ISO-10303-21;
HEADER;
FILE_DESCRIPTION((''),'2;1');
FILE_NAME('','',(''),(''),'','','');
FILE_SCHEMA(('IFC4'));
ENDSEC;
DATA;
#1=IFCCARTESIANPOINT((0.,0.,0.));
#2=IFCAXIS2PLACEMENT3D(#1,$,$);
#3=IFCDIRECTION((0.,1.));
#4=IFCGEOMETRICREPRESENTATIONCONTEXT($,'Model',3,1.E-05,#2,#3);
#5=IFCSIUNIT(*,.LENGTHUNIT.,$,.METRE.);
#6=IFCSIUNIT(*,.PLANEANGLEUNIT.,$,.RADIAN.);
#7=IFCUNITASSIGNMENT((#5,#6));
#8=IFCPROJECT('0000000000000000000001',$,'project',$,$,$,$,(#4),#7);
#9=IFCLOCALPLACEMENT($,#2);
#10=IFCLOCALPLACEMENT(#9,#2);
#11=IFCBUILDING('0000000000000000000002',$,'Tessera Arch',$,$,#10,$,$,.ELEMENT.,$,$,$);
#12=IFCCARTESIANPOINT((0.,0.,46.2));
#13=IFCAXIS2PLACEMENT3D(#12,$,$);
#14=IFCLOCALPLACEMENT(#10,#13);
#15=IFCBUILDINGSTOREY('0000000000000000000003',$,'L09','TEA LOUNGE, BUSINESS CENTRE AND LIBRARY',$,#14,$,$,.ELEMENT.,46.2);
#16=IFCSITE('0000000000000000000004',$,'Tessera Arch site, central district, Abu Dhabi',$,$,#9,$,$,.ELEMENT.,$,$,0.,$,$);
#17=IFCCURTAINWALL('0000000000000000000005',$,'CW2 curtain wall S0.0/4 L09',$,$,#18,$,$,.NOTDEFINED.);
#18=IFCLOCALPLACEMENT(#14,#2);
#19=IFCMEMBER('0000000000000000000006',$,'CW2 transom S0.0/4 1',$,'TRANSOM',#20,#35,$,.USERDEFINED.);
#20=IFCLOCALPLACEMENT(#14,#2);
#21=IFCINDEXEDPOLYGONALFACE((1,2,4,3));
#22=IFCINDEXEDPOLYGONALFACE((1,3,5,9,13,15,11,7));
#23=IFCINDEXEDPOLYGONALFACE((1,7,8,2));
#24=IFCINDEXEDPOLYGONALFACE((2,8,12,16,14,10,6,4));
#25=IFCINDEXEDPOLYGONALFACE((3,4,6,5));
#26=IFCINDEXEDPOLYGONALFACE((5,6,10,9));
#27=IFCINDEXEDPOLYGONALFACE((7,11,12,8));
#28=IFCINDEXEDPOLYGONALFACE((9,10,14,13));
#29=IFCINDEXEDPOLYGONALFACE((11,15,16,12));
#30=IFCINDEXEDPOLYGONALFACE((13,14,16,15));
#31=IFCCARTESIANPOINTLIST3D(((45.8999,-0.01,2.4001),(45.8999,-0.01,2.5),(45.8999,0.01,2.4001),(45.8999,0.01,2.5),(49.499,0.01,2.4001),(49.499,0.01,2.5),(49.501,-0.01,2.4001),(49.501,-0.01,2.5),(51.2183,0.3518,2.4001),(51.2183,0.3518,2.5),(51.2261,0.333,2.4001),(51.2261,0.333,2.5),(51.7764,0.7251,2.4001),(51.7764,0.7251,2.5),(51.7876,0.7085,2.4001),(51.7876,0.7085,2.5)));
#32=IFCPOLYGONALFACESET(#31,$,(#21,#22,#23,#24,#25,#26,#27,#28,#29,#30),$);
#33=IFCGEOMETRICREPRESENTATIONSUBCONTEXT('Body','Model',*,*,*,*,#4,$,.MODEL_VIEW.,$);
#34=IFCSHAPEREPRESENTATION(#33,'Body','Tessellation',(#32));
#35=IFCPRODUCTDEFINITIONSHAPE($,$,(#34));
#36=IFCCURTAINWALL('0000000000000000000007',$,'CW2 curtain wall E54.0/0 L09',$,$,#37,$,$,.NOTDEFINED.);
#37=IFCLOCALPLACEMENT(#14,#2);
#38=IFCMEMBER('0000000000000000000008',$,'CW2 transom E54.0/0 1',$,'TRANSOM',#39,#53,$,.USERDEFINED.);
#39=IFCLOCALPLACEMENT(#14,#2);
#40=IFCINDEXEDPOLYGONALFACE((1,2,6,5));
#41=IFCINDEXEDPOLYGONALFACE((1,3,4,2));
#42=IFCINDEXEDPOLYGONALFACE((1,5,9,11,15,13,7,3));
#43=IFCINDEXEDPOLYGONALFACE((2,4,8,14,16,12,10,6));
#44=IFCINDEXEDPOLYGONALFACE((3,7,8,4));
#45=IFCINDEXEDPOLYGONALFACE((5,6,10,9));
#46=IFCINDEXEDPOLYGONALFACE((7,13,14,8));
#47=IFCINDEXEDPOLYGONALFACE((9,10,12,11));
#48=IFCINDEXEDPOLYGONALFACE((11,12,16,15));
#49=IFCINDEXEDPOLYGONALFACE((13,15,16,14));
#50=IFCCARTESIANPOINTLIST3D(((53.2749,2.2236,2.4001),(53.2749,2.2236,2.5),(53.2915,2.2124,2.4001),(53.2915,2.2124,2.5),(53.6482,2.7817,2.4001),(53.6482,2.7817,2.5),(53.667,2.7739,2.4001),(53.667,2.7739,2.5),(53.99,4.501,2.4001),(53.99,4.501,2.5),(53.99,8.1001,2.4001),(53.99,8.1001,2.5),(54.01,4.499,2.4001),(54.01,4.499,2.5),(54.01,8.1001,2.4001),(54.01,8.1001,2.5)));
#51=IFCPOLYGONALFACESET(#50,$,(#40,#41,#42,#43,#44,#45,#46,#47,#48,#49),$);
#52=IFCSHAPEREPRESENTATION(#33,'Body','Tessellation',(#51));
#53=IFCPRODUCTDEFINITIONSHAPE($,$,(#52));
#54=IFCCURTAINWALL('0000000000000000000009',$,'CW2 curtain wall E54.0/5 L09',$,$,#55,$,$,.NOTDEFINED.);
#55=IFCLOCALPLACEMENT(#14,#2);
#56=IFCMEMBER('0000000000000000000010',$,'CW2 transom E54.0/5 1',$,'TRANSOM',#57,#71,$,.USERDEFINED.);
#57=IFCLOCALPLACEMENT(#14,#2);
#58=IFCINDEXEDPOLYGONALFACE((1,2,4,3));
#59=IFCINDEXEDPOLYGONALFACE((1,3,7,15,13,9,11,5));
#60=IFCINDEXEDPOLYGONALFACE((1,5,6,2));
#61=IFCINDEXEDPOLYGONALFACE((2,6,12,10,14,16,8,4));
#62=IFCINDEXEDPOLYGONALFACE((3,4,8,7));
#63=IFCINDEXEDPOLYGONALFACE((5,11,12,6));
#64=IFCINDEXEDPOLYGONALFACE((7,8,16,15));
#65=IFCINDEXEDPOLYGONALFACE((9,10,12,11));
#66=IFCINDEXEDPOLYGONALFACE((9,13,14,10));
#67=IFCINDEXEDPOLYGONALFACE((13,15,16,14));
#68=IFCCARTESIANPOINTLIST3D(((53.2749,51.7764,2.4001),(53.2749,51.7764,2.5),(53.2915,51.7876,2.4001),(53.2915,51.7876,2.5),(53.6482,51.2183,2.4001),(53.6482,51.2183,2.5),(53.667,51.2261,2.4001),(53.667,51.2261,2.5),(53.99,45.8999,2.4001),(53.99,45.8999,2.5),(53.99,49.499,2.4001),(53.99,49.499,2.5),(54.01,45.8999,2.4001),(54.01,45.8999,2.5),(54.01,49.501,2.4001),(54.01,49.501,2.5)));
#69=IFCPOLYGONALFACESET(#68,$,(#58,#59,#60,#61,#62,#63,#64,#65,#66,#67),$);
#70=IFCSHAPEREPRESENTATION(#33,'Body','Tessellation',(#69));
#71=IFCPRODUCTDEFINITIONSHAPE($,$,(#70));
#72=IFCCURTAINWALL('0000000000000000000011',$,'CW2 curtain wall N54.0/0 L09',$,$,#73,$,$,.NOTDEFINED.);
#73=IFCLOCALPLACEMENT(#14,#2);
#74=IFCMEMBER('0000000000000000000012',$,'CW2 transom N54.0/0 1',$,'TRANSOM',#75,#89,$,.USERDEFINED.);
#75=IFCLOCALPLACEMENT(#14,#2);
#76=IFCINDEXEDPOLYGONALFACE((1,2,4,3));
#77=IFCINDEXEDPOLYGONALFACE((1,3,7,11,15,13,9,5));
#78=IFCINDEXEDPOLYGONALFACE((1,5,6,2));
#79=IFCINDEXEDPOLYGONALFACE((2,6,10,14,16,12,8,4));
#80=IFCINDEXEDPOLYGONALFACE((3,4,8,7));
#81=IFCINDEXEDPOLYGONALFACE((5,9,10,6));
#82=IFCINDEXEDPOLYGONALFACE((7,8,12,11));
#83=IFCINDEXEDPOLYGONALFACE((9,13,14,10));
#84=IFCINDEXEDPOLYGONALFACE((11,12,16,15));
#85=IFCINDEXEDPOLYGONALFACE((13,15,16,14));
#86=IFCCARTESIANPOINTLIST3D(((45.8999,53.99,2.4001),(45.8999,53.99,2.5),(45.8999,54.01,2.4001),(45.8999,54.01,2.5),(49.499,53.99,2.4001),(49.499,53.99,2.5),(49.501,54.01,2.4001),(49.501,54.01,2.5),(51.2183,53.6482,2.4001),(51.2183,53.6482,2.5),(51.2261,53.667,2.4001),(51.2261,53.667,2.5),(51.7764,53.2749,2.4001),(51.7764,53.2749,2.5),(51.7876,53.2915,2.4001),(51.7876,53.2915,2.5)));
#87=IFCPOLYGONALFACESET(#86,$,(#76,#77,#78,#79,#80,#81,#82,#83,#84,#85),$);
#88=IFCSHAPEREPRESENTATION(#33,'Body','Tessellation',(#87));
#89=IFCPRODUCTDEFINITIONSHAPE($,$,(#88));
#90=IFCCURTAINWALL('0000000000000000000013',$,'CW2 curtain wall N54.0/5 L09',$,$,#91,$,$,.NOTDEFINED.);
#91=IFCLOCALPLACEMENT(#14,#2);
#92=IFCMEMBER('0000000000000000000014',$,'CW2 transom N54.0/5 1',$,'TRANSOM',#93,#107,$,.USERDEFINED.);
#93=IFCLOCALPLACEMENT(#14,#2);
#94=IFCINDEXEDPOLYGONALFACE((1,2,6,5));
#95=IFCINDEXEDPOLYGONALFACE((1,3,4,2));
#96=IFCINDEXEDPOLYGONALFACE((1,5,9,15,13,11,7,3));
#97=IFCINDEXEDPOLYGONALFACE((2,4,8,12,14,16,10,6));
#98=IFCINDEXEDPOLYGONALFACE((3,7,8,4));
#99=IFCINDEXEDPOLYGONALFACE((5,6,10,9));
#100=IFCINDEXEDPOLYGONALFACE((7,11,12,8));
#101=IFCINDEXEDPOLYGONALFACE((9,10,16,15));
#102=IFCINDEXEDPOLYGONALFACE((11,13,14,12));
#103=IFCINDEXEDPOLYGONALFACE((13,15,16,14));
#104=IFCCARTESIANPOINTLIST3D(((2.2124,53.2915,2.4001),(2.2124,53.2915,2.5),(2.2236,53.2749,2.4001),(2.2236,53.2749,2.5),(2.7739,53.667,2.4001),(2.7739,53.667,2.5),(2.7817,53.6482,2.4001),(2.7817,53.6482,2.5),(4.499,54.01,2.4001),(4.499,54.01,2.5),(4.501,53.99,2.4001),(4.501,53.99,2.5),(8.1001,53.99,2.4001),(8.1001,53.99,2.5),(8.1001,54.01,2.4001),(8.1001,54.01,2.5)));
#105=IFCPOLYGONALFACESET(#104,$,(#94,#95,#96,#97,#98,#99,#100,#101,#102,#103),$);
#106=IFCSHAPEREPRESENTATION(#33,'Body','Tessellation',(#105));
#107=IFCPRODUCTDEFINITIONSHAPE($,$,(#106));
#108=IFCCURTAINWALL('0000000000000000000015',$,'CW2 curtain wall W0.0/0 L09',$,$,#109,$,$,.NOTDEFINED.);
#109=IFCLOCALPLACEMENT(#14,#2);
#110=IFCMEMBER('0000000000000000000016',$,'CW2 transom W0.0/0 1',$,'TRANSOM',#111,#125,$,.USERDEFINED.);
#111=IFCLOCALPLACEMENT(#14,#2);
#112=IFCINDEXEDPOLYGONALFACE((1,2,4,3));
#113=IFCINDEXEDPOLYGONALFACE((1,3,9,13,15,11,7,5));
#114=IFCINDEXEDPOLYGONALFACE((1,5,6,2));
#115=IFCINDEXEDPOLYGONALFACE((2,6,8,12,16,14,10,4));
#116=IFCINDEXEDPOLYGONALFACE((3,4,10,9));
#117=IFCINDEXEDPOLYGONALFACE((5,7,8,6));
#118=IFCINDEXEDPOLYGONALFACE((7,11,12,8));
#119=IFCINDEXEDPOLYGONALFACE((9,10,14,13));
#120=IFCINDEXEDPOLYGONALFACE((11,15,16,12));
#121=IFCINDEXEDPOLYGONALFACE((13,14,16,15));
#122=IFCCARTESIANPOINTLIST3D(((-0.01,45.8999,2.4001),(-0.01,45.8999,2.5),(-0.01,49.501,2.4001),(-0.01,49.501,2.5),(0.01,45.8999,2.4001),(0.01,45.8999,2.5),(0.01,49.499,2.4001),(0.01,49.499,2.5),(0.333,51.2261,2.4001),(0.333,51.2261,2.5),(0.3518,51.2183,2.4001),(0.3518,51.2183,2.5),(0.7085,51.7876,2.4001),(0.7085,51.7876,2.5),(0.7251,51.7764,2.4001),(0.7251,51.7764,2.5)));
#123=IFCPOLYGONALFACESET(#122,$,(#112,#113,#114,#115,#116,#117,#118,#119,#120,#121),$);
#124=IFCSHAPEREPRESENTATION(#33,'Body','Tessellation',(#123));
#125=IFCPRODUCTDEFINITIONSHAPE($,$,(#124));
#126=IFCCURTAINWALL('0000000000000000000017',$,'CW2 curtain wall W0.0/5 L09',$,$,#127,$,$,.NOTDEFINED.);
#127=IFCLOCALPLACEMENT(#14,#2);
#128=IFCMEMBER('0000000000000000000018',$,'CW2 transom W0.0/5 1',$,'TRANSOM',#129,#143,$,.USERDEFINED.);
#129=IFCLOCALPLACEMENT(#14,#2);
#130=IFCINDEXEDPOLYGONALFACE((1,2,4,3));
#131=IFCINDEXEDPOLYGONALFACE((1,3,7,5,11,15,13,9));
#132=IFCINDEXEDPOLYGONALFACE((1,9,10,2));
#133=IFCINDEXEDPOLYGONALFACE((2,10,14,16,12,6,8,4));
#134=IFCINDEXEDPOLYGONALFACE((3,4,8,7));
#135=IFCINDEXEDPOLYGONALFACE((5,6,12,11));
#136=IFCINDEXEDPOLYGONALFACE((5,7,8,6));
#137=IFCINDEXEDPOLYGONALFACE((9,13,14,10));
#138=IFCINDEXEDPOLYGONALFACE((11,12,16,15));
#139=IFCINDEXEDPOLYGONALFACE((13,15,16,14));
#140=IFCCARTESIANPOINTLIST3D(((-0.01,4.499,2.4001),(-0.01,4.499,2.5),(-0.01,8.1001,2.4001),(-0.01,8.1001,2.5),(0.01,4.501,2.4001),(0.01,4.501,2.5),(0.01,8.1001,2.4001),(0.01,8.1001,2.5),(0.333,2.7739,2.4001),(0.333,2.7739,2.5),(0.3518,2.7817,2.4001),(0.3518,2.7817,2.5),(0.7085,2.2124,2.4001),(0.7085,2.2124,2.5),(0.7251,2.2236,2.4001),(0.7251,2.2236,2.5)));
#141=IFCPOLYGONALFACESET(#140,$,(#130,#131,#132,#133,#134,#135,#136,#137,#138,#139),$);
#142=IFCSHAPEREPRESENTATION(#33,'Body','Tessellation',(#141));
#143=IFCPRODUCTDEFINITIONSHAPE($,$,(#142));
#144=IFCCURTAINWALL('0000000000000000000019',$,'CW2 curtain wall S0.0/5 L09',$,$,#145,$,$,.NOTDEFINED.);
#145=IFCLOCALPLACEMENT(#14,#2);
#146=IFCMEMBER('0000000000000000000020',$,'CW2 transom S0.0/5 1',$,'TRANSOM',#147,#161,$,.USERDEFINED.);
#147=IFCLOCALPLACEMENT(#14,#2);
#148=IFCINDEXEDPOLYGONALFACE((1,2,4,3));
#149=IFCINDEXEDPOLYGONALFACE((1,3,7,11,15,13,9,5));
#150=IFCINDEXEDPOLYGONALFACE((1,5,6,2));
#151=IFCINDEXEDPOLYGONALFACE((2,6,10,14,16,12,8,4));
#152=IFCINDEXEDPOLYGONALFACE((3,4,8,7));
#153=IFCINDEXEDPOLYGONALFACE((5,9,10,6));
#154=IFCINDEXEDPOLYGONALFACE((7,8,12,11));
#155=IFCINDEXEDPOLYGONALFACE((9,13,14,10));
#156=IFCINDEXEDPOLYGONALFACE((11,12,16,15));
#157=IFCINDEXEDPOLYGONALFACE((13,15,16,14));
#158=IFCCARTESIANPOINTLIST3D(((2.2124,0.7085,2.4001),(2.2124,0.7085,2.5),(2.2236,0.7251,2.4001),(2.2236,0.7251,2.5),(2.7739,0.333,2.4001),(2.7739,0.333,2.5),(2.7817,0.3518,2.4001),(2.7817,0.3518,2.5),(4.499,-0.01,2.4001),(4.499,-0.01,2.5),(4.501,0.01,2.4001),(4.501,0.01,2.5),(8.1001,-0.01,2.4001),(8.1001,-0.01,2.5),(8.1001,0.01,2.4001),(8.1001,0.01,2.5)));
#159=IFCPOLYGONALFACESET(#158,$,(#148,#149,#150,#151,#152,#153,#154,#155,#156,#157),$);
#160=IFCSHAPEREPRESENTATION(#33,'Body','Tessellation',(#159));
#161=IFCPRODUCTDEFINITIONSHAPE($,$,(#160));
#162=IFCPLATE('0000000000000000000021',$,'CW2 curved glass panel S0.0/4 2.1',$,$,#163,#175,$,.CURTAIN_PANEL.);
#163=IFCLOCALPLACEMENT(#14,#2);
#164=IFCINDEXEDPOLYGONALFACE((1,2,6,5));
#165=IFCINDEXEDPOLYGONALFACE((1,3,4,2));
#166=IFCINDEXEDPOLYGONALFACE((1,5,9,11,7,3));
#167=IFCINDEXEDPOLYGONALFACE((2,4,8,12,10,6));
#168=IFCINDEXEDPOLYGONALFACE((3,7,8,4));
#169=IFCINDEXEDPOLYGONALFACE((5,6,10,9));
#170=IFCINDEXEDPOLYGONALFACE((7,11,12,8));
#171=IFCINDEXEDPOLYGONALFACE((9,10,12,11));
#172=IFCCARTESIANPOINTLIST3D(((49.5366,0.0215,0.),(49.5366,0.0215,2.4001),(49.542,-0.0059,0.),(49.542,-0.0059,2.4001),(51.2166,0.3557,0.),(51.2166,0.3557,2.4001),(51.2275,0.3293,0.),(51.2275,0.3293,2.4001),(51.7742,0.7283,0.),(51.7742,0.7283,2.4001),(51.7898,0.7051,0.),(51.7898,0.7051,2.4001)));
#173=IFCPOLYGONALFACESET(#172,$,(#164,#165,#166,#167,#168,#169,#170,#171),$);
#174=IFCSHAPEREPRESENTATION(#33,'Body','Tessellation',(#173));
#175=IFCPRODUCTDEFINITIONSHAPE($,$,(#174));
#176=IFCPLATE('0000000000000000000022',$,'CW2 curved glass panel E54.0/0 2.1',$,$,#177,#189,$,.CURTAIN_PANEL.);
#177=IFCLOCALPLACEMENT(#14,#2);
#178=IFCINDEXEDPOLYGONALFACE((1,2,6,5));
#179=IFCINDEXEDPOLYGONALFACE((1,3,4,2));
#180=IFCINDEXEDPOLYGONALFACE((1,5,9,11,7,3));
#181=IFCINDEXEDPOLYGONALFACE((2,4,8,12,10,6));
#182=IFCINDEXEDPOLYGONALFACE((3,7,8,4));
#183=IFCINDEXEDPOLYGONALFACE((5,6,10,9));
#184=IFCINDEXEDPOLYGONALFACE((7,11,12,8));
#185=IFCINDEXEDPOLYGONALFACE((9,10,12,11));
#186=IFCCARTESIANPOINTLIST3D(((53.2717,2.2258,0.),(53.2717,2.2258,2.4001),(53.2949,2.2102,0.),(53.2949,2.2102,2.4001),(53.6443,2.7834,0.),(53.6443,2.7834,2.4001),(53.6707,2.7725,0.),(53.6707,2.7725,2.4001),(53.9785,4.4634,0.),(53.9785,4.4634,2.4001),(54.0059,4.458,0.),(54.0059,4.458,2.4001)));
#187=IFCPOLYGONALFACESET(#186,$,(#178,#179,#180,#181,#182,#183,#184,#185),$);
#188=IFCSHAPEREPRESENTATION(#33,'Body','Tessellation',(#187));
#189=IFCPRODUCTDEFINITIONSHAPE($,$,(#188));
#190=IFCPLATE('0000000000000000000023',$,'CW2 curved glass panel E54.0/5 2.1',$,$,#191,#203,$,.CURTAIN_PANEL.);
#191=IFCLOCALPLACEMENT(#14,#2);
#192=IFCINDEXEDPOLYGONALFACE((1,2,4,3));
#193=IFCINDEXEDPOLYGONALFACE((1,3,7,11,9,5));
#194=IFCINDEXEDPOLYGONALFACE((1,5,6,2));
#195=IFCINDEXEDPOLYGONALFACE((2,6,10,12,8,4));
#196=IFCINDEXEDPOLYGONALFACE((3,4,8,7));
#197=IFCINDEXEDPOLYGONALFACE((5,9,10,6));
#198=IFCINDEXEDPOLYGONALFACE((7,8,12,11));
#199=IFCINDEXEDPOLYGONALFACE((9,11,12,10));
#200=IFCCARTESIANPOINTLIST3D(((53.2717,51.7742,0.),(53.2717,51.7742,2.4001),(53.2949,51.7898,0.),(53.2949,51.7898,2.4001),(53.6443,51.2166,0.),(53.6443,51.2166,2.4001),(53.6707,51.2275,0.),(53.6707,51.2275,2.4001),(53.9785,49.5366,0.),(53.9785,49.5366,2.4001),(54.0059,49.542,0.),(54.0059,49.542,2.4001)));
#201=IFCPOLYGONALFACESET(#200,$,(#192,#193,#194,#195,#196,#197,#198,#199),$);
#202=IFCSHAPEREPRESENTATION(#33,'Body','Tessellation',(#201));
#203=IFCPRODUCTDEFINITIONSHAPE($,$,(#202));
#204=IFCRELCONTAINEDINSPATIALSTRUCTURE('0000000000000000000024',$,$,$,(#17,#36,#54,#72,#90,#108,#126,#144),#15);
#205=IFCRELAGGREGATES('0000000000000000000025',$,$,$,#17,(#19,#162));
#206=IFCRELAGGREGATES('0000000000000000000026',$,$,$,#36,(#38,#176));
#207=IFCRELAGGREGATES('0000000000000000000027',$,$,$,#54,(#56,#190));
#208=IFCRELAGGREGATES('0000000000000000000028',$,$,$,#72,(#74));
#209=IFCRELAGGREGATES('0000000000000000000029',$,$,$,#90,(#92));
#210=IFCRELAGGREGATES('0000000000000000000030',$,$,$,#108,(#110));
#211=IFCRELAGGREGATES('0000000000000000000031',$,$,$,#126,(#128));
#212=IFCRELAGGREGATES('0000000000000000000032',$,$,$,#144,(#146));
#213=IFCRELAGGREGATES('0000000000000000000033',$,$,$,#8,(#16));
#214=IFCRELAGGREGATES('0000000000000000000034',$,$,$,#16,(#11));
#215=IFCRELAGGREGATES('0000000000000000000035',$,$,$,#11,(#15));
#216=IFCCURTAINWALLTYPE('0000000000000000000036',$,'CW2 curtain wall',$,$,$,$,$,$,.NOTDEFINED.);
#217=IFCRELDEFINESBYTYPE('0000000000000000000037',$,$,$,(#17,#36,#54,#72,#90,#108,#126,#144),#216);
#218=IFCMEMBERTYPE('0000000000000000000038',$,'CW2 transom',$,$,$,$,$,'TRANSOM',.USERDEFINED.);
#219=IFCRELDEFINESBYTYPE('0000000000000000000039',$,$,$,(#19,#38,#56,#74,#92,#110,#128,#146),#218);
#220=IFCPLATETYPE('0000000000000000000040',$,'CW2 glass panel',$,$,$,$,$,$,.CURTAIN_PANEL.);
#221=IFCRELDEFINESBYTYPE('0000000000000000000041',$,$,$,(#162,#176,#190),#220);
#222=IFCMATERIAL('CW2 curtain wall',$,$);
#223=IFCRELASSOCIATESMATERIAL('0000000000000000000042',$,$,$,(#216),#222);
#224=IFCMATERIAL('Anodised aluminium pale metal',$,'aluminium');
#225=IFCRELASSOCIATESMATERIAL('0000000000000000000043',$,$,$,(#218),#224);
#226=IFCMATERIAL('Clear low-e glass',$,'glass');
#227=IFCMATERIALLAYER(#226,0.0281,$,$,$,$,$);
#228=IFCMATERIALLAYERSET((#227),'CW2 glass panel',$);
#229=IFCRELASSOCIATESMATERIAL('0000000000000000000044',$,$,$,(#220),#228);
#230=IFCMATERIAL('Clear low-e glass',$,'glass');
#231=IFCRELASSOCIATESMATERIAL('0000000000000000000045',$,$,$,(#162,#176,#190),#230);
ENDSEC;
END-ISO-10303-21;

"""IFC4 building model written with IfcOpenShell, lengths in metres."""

from ifc_helpers import new_model, si_unit, direction, frame, origin, origin_2d, place, context, subcontext, project, spatial, polyline, rectangle, outline, extrude, material, layer, layer_set, material_profile, profile_set, type_object, element, aggregate, save


model = new_model("IFC4")

# Units and contexts
model_context = context("Model", 3, precision=1e-05, world=origin(), true_north=direction((0.0, 1.0)))
body_context = subcontext(model_context, "Body", "Model", "MODEL_VIEW")
ifc_project = project(units=[si_unit("LENGTHUNIT", "METRE"), si_unit("PLANEANGLEUNIT", "RADIAN")], contexts=[model_context])

# Site, building, storey
site_placement = place(None, origin())
site = spatial("IfcSite", under=ifc_project, at=site_placement, Name="Tessera Arch site, central district, Abu Dhabi", CompositionType="ELEMENT", RefElevation=0.0)
building_placement = place(site_placement, origin())
building = spatial("IfcBuilding", under=site, at=building_placement, Name="Tessera Arch", CompositionType="ELEMENT")
storey_placement = place(building_placement, frame((0.0, 0.0, 46.2)))
storey = spatial("IfcBuildingStorey", under=building, at=storey_placement, Name="L09", Description="TEA LOUNGE, BUSINESS CENTRE AND LIBRARY", CompositionType="ELEMENT", Elevation=46.2)

# Curtain walls, members
ifc_material_1 = material(Name="CW2 curtain wall")
curtain_wall_type = type_object("IfcCurtainWallType", Name="CW2 curtain wall", PredefinedType="NOTDEFINED", material=ifc_material_1)
curtain_wall_1_placement = place(storey_placement, origin())
curtain_wall_1 = element("IfcCurtainWall", 1, at=curtain_wall_1_placement, inside=storey, type_object=curtain_wall_type, Name="CW2 curtain wall S0.0/4 L09", PredefinedType="NOTDEFINED")
ifc_material_2 = material(Name="Anodised aluminium pale metal", Category="aluminium")
ifc_material_profile = material_profile(ifc_material_2, rectangle(XDim=0.2, YDim=0.1001, at=origin_2d()), Name="AL 200x100")
ifc_profile_set = profile_set([ifc_material_profile], Name="Anodised aluminium pale metal")
member_type = type_object("IfcMemberType", Name="CW2 transom", ElementType="TRANSOM", PredefinedType="USERDEFINED", material=ifc_profile_set)
member_1_placement = place(storey_placement, frame((0.0, 0.0, 2.4001)))
member_1 = element("IfcMember", 2, at=member_1_placement, type_object=member_type, Name="CW2 transom S0.0/4 1", ObjectType="TRANSOM", PredefinedType="USERDEFINED", context=body_context, shape_type="SweptSolid", body=[
    extrude(outline(polyline([(49.499, 0.01), (45.8999, 0.01), (45.8999, -0.01), (49.501, -0.01), (51.2261, 0.333), (51.7876, 0.7085), (51.7764, 0.7251), (51.2183, 0.3518), (49.499, 0.01)])), origin(), (0.0, 0.0, 1.0), 0.0999),
])
curtain_wall_2_placement = place(storey_placement, origin())
curtain_wall_2 = element("IfcCurtainWall", 3, at=curtain_wall_2_placement, inside=storey, type_object=curtain_wall_type, Name="CW2 curtain wall E54.0/0 L09", PredefinedType="NOTDEFINED")
member_2_placement = place(storey_placement, frame((0.0, 0.0, 2.4001)))
member_2 = element("IfcMember", 4, at=member_2_placement, type_object=member_type, Name="CW2 transom E54.0/0 1", ObjectType="TRANSOM", PredefinedType="USERDEFINED", context=body_context, shape_type="SweptSolid", body=[
    extrude(outline(polyline([(53.6482, 2.7817), (53.2749, 2.2236), (53.2915, 2.2124), (53.667, 2.7739), (54.01, 4.499), (54.01, 8.1001), (53.99, 8.1001), (53.99, 4.501), (53.6482, 2.7817)])), origin(), (0.0, 0.0, 1.0), 0.0999),
])
curtain_wall_3_placement = place(storey_placement, origin())
curtain_wall_3 = element("IfcCurtainWall", 5, at=curtain_wall_3_placement, inside=storey, type_object=curtain_wall_type, Name="CW2 curtain wall E54.0/5 L09", PredefinedType="NOTDEFINED")
member_3_placement = place(storey_placement, frame((0.0, 0.0, 2.4001)))
member_3 = element("IfcMember", 6, at=member_3_placement, type_object=member_type, Name="CW2 transom E54.0/5 1", ObjectType="TRANSOM", PredefinedType="USERDEFINED", context=body_context, shape_type="SweptSolid", body=[
    extrude(outline(polyline([(53.99, 49.499), (53.99, 45.8999), (54.01, 45.8999), (54.01, 49.501), (53.667, 51.2261), (53.2915, 51.7876), (53.2749, 51.7764), (53.6482, 51.2183), (53.99, 49.499)])), origin(), (0.0, 0.0, 1.0), 0.0999),
])
curtain_wall_4_placement = place(storey_placement, origin())
curtain_wall_4 = element("IfcCurtainWall", 7, at=curtain_wall_4_placement, inside=storey, type_object=curtain_wall_type, Name="CW2 curtain wall N54.0/0 L09", PredefinedType="NOTDEFINED")
member_4_placement = place(storey_placement, frame((0.0, 0.0, 2.4001)))
member_4 = element("IfcMember", 8, at=member_4_placement, type_object=member_type, Name="CW2 transom N54.0/0 1", ObjectType="TRANSOM", PredefinedType="USERDEFINED", context=body_context, shape_type="SweptSolid", body=[
    extrude(outline(polyline([(51.2183, 53.6482), (51.7764, 53.2749), (51.7876, 53.2915), (51.2261, 53.667), (49.501, 54.01), (45.8999, 54.01), (45.8999, 53.99), (49.499, 53.99), (51.2183, 53.6482)])), origin(), (0.0, 0.0, 1.0), 0.0999),
])
curtain_wall_5_placement = place(storey_placement, origin())
curtain_wall_5 = element("IfcCurtainWall", 9, at=curtain_wall_5_placement, inside=storey, type_object=curtain_wall_type, Name="CW2 curtain wall N54.0/5 L09", PredefinedType="NOTDEFINED")
member_5_placement = place(storey_placement, frame((0.0, 0.0, 2.4001)))
member_5 = element("IfcMember", 10, at=member_5_placement, type_object=member_type, Name="CW2 transom N54.0/5 1", ObjectType="TRANSOM", PredefinedType="USERDEFINED", context=body_context, shape_type="SweptSolid", body=[
    extrude(outline(polyline([(4.501, 53.99), (8.1001, 53.99), (8.1001, 54.01), (4.499, 54.01), (2.7739, 53.667), (2.2124, 53.2915), (2.2236, 53.2749), (2.7817, 53.6482), (4.501, 53.99)])), origin(), (0.0, 0.0, 1.0), 0.0999),
])
curtain_wall_6_placement = place(storey_placement, origin())
curtain_wall_6 = element("IfcCurtainWall", 11, at=curtain_wall_6_placement, inside=storey, type_object=curtain_wall_type, Name="CW2 curtain wall W0.0/0 L09", PredefinedType="NOTDEFINED")
member_6_placement = place(storey_placement, frame((0.0, 0.0, 2.4001)))
member_6 = element("IfcMember", 12, at=member_6_placement, type_object=member_type, Name="CW2 transom W0.0/0 1", ObjectType="TRANSOM", PredefinedType="USERDEFINED", context=body_context, shape_type="SweptSolid", body=[
    extrude(outline(polyline([(0.3518, 51.2183), (0.7251, 51.7764), (0.7085, 51.7876), (0.333, 51.2261), (-0.01, 49.501), (-0.01, 45.8999), (0.01, 45.8999), (0.01, 49.499), (0.3518, 51.2183)])), origin(), (0.0, 0.0, 1.0), 0.0999),
])
curtain_wall_7_placement = place(storey_placement, origin())
curtain_wall_7 = element("IfcCurtainWall", 13, at=curtain_wall_7_placement, inside=storey, type_object=curtain_wall_type, Name="CW2 curtain wall W0.0/5 L09", PredefinedType="NOTDEFINED")
member_7_placement = place(storey_placement, frame((0.0, 0.0, 2.4001)))
member_7 = element("IfcMember", 14, at=member_7_placement, type_object=member_type, Name="CW2 transom W0.0/5 1", ObjectType="TRANSOM", PredefinedType="USERDEFINED", context=body_context, shape_type="SweptSolid", body=[
    extrude(outline(polyline([(0.01, 4.501), (0.01, 8.1001), (-0.01, 8.1001), (-0.01, 4.499), (0.333, 2.7739), (0.7085, 2.2124), (0.7251, 2.2236), (0.3518, 2.7817), (0.01, 4.501)])), origin(), (0.0, 0.0, 1.0), 0.0999),
])
curtain_wall_8_placement = place(storey_placement, origin())
curtain_wall_8 = element("IfcCurtainWall", 15, at=curtain_wall_8_placement, inside=storey, type_object=curtain_wall_type, Name="CW2 curtain wall S0.0/5 L09", PredefinedType="NOTDEFINED")
member_8_placement = place(storey_placement, frame((0.0, 0.0, 2.4001)))
member_8 = element("IfcMember", 16, at=member_8_placement, type_object=member_type, Name="CW2 transom S0.0/5 1", ObjectType="TRANSOM", PredefinedType="USERDEFINED", context=body_context, shape_type="SweptSolid", body=[
    extrude(outline(polyline([(2.7817, 0.3518), (2.2236, 0.7251), (2.2124, 0.7085), (2.7739, 0.333), (4.499, -0.01), (8.1001, -0.01), (8.1001, 0.01), (4.501, 0.01), (2.7817, 0.3518)])), origin(), (0.0, 0.0, 1.0), 0.0999),
])

# Plates
ifc_material_3 = material(Name="Clear low-e glass", Category="glass")
ifc_material_4 = material(Name="Clear low-e glass", Category="glass")
ifc_layer_1 = layer(ifc_material_4, 0.0281)
ifc_layer_set_1 = layer_set([ifc_layer_1], Name="CW2 glass panel")
plate_type_1 = type_object("IfcPlateType", Name="CW2 glass panel", PredefinedType="CURTAIN_PANEL", material=ifc_layer_set_1)
plate_1_placement = place(storey_placement, origin())
plate_1 = element("IfcPlate", 17, at=plate_1_placement, type_object=plate_type_1, material=ifc_material_3, Name="CW2 curved glass panel S0.0/4 2.1", PredefinedType="CURTAIN_PANEL", context=body_context, shape_type="SweptSolid", body=[
    extrude(outline(polyline([(51.2166, 0.3557), (49.5366, 0.0215), (49.542, -0.0059), (51.2275, 0.3293), (51.7898, 0.7051), (51.7742, 0.7283), (51.2166, 0.3557)])), origin(), (0.0, 0.0, 1.0), 2.4001),
])
plate_2_placement = place(storey_placement, origin())
plate_2 = element("IfcPlate", 18, at=plate_2_placement, type_object=plate_type_1, material=ifc_material_3, Name="CW2 curved glass panel E54.0/0 2.1", PredefinedType="CURTAIN_PANEL", context=body_context, shape_type="SweptSolid", body=[
    extrude(outline(polyline([(53.6443, 2.7834), (53.2717, 2.2258), (53.2949, 2.2102), (53.6707, 2.7725), (54.0059, 4.458), (53.9785, 4.4634), (53.6443, 2.7834)])), origin(), (0.0, 0.0, 1.0), 2.4001),
])
plate_3_placement = place(storey_placement, origin())
plate_3 = element("IfcPlate", 19, at=plate_3_placement, type_object=plate_type_1, material=ifc_material_3, Name="CW2 curved glass panel E54.0/5 2.1", PredefinedType="CURTAIN_PANEL", context=body_context, shape_type="SweptSolid", body=[
    extrude(outline(polyline([(53.6443, 51.2166), (53.9785, 49.5366), (54.0059, 49.542), (53.6707, 51.2275), (53.2949, 51.7898), (53.2717, 51.7742), (53.6443, 51.2166)])), origin(), (0.0, 0.0, 1.0), 2.4001),
])
aggregate(curtain_wall_1, [member_1, plate_1])
aggregate(curtain_wall_2, [member_2, plate_2])
aggregate(curtain_wall_3, [member_3, plate_3])
aggregate(curtain_wall_4, [member_4])
aggregate(curtain_wall_5, [member_5])
aggregate(curtain_wall_6, [member_6])
aggregate(curtain_wall_7, [member_7])
aggregate(curtain_wall_8, [member_8])

save(model, "model.ifc")
